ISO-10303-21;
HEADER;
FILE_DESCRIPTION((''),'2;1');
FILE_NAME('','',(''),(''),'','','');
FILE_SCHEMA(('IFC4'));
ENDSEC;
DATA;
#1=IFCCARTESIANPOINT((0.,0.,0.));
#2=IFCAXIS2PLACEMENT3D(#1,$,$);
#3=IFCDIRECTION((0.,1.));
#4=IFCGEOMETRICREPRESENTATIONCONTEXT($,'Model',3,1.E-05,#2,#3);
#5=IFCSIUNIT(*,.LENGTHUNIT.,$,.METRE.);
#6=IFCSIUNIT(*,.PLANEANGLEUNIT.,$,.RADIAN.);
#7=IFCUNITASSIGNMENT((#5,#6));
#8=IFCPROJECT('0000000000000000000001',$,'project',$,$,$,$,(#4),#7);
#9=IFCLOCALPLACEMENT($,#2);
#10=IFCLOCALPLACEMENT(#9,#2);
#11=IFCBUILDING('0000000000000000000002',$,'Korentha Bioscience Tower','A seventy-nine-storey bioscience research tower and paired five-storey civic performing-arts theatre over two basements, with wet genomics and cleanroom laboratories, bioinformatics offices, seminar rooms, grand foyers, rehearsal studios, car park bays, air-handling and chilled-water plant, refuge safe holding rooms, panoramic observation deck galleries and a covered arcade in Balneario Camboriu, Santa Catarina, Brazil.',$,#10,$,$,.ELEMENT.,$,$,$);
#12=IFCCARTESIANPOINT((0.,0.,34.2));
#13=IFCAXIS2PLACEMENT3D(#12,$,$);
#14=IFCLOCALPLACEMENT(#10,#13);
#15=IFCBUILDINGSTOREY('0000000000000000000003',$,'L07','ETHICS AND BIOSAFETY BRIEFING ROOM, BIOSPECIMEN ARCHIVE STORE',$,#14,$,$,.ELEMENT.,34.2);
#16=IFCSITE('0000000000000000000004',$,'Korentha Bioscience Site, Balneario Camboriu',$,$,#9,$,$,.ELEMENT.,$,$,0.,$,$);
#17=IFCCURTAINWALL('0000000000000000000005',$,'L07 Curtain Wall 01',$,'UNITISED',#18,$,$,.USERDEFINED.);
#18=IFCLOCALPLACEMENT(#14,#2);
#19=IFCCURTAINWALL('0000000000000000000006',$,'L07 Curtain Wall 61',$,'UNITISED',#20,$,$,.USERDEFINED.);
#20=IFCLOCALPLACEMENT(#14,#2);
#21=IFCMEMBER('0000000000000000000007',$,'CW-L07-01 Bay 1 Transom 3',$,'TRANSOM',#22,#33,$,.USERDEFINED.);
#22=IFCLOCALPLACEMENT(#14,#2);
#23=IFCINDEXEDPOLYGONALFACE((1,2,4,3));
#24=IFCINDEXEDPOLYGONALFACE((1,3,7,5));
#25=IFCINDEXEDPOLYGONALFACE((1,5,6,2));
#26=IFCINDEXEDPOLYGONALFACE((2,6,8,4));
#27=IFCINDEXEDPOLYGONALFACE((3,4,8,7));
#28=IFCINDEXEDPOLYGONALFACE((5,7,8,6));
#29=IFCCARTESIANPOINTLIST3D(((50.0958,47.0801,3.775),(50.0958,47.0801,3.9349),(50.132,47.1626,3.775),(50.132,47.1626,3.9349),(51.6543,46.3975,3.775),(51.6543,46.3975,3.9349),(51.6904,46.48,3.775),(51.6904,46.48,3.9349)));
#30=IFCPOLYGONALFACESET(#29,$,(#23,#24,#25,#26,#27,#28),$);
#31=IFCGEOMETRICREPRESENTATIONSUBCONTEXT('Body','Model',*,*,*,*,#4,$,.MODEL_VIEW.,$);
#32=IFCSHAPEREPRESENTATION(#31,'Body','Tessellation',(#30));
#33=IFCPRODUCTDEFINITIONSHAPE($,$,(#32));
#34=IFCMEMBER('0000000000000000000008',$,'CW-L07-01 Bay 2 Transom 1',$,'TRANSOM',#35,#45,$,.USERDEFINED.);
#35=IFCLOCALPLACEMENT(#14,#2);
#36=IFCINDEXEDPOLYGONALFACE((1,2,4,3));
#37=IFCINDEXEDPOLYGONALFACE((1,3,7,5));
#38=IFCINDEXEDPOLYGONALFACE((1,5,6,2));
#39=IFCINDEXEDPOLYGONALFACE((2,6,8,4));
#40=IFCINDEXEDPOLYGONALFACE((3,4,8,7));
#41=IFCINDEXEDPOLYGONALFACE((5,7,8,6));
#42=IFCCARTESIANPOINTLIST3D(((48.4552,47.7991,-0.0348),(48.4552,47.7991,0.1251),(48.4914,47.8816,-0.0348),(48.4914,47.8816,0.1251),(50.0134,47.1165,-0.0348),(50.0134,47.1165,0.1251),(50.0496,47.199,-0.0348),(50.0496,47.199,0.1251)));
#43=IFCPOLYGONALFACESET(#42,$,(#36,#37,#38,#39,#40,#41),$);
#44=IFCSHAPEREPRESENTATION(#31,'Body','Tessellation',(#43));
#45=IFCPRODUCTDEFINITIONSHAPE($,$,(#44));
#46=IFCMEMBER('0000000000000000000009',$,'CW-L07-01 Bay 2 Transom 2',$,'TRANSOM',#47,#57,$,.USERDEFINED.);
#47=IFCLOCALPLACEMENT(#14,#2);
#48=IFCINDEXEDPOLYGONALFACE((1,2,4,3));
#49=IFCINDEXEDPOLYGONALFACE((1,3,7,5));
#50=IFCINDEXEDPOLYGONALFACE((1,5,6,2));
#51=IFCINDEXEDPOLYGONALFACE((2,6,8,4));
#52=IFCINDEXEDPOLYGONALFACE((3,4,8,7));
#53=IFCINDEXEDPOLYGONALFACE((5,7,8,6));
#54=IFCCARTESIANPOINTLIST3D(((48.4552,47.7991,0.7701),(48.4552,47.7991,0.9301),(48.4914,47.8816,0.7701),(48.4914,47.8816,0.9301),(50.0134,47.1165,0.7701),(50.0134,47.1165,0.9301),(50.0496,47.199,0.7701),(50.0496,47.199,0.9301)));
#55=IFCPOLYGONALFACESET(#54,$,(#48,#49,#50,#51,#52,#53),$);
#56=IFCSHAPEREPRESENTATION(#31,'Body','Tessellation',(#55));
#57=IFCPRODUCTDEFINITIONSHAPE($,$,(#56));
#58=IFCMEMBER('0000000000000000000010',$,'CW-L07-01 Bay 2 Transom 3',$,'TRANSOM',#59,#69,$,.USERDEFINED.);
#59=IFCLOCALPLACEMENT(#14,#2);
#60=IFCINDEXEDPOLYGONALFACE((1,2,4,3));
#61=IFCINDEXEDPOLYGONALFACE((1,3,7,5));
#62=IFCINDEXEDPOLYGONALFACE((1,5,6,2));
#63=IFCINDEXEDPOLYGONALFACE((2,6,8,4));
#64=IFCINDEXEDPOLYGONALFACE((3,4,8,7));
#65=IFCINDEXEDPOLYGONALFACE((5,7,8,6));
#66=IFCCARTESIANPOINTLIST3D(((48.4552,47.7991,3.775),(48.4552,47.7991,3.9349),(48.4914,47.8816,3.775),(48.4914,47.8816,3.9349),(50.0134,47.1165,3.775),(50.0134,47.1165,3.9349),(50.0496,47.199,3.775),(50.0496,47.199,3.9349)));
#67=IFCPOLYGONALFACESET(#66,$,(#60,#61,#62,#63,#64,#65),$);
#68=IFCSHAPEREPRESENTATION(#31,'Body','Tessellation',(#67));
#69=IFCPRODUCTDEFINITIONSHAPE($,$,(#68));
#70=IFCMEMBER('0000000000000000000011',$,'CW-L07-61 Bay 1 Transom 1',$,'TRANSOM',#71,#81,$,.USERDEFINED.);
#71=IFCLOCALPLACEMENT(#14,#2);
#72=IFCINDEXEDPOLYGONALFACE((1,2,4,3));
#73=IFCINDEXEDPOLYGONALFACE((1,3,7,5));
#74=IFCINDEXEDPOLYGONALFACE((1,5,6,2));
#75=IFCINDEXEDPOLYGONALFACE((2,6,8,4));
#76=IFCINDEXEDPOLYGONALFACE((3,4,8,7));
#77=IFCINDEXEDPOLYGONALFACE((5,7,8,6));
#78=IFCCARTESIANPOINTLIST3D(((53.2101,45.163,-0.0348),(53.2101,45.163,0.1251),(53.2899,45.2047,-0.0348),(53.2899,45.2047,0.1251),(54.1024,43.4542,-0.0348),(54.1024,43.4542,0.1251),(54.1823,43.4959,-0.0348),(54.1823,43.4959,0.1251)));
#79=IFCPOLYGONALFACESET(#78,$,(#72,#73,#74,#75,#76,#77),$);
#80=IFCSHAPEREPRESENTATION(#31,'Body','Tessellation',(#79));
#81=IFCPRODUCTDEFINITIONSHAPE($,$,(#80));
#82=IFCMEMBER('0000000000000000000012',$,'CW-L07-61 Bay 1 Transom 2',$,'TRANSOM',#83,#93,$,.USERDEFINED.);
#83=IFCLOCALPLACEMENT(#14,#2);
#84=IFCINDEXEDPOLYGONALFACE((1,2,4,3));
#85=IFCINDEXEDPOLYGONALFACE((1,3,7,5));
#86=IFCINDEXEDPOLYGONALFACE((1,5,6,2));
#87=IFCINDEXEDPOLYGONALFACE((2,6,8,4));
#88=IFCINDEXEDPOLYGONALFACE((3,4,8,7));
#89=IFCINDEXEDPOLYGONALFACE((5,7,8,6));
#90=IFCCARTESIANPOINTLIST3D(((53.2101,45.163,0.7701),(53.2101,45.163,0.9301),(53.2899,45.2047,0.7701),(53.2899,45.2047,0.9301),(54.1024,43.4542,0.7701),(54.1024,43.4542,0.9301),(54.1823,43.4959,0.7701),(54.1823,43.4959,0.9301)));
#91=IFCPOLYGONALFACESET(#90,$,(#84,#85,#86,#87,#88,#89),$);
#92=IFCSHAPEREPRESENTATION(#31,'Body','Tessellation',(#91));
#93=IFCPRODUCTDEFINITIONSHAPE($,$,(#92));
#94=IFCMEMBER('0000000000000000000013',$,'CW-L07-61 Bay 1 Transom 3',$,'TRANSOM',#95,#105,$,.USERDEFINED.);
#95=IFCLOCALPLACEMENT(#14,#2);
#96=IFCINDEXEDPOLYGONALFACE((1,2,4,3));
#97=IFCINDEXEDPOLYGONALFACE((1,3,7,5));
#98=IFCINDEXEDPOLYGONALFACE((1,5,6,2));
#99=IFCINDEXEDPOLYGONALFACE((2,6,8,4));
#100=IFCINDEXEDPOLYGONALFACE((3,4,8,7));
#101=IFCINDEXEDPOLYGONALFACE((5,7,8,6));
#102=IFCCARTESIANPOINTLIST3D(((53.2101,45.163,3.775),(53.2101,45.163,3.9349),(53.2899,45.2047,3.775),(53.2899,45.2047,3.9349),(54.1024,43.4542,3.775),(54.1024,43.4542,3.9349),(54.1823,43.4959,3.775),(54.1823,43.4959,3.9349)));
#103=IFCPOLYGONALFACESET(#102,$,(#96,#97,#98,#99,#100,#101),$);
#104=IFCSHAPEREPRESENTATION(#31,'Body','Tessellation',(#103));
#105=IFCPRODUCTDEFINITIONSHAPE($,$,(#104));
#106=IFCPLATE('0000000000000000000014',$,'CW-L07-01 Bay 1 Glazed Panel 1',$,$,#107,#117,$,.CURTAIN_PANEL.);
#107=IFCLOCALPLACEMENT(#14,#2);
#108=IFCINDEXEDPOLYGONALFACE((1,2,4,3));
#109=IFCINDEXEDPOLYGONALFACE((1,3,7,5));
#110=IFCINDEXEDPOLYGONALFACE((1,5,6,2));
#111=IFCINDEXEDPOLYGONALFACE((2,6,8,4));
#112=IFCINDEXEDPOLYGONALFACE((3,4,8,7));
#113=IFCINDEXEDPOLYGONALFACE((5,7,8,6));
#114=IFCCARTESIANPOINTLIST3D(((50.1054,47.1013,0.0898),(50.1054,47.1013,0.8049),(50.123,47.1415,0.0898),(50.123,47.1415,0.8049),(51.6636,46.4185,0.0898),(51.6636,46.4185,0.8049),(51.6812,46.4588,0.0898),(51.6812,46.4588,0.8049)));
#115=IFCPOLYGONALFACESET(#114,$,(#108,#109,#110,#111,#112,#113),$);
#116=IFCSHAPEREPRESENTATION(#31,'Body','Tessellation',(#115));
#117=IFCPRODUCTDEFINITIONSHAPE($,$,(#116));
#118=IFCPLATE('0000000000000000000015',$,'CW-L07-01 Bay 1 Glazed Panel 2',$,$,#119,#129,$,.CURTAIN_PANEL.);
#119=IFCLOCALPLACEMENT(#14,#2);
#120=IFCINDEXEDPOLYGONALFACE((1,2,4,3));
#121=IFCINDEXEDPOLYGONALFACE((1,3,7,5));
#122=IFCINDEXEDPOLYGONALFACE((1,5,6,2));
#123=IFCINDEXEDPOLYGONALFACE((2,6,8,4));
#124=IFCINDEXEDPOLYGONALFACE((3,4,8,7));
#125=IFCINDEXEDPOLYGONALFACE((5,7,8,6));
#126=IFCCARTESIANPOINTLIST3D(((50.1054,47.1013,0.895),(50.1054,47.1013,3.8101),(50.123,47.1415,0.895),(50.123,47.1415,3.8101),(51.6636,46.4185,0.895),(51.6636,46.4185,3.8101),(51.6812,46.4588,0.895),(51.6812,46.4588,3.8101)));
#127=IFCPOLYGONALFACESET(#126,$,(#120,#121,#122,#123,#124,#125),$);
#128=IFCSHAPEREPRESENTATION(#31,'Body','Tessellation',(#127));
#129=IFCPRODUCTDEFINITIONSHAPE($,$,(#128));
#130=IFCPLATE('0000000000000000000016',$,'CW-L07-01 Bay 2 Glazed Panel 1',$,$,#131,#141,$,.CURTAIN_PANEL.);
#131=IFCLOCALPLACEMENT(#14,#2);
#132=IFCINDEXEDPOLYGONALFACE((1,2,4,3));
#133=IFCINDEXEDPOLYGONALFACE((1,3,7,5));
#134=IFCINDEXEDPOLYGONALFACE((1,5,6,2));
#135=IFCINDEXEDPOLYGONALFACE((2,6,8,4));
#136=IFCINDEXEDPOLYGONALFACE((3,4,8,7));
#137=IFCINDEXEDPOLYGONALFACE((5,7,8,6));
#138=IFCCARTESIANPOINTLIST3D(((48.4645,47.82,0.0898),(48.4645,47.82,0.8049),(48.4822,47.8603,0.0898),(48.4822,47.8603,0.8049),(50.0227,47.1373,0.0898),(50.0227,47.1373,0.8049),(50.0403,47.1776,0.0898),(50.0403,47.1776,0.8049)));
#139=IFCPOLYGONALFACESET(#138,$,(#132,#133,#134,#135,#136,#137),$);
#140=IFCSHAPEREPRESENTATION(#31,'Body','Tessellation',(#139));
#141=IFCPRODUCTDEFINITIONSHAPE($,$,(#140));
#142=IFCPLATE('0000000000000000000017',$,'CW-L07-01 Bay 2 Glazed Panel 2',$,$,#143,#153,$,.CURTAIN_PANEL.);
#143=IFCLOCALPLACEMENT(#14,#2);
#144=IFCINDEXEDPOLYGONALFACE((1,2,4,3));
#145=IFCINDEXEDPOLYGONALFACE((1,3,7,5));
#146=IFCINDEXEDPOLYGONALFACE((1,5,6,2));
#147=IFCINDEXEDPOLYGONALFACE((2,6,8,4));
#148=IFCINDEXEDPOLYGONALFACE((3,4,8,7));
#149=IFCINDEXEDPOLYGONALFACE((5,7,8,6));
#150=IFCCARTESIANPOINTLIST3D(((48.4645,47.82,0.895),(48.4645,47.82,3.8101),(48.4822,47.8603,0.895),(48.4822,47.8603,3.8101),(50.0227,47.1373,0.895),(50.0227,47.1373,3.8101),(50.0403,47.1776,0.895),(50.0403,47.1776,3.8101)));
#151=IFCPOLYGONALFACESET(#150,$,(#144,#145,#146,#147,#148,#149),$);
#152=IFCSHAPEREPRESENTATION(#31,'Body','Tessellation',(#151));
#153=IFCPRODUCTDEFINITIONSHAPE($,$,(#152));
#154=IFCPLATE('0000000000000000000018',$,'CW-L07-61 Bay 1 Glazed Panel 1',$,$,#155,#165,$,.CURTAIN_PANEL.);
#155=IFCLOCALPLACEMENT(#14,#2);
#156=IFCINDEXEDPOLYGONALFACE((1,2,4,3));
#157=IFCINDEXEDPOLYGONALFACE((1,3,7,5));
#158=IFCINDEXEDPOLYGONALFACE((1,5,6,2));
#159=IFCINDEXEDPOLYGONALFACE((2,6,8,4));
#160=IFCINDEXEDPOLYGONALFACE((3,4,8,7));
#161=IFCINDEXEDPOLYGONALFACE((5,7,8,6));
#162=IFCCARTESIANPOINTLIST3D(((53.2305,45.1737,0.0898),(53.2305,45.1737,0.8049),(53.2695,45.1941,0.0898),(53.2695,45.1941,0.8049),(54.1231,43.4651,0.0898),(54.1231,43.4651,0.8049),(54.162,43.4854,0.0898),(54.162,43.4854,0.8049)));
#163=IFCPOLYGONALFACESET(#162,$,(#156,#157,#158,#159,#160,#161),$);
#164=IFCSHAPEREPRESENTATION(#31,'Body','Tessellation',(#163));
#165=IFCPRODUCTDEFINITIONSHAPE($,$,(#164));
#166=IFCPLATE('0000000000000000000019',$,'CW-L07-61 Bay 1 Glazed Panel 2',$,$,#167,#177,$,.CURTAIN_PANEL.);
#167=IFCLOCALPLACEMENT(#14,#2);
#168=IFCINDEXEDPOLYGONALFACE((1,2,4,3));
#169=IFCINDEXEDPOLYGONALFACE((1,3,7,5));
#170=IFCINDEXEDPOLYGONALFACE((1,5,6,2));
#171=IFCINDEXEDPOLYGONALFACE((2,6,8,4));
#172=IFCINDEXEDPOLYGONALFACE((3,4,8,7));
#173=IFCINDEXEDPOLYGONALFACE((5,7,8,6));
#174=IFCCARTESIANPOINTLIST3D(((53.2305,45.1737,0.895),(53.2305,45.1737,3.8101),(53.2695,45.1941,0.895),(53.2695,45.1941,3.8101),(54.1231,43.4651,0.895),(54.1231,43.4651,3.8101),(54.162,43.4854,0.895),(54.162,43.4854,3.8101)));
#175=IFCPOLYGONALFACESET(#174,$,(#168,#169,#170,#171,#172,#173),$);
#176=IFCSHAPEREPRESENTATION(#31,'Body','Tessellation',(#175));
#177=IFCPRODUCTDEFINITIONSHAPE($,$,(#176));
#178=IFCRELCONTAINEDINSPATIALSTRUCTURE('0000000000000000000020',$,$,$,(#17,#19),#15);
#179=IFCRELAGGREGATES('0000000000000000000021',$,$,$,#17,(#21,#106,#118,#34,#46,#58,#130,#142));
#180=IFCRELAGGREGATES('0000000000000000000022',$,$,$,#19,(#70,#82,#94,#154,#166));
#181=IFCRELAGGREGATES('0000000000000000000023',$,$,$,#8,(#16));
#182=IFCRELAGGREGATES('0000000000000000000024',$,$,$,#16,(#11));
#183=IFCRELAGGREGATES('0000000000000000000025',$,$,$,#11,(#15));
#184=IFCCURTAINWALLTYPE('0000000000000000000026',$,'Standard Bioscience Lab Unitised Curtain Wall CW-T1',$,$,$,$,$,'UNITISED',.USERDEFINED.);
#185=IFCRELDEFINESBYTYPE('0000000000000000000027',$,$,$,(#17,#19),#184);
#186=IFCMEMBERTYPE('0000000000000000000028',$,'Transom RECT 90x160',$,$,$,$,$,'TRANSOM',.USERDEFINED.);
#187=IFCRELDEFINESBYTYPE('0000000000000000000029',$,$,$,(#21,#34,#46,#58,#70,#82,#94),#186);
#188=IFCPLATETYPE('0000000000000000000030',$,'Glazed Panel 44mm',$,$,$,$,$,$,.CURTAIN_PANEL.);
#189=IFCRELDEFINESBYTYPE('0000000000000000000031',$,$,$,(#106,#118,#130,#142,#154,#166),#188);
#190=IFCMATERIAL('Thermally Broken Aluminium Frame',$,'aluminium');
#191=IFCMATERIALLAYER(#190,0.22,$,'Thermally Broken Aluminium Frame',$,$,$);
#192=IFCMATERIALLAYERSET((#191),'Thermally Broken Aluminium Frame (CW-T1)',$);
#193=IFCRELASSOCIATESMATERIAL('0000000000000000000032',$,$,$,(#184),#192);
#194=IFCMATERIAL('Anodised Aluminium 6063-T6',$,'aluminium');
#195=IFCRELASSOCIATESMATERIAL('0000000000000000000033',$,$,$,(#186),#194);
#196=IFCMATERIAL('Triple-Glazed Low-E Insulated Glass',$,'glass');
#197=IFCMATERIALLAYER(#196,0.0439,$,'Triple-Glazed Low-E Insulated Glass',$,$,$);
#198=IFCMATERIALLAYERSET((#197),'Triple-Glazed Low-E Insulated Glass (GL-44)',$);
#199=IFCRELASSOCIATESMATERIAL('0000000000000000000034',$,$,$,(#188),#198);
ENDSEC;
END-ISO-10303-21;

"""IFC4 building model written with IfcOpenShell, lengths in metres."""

from ifc_helpers import new_model, si_unit, direction, frame, origin, origin_2d, place, context, subcontext, project, spatial, rectangle, extrude, material, layer, layer_set, material_profile, profile_set, type_object, element, aggregate, save


model = new_model("IFC4")

# Units and contexts
model_context = context("Model", 3, precision=1e-05, world=origin(), true_north=direction((0.0, 1.0)))
body_context = subcontext(model_context, "Body", "Model", "MODEL_VIEW")
ifc_project = project(units=[si_unit("LENGTHUNIT", "METRE"), si_unit("PLANEANGLEUNIT", "RADIAN")], contexts=[model_context])

# Site, building, storey
site_placement = place(None, origin())
site = spatial("IfcSite", under=ifc_project, at=site_placement, Name="Korentha Bioscience Site, Balneario Camboriu", CompositionType="ELEMENT", RefElevation=0.0)
building_placement = place(site_placement, origin())
building = spatial("IfcBuilding", under=site, at=building_placement, Name="Korentha Bioscience Tower", Description="A seventy-nine-storey bioscience research tower and paired five-storey civic performing-arts theatre over two basements, with wet genomics and cleanroom laboratories, bioinformatics offices, seminar rooms, grand foyers, rehearsal studios, car park bays, air-handling and chilled-water plant, refuge safe holding rooms, panoramic observation deck galleries and a covered arcade in Balneario Camboriu, Santa Catarina, Brazil.", CompositionType="ELEMENT")
storey_placement = place(building_placement, frame((0.0, 0.0, 34.2)))
storey = spatial("IfcBuildingStorey", under=building, at=storey_placement, Name="L07", Description="ETHICS AND BIOSAFETY BRIEFING ROOM, BIOSPECIMEN ARCHIVE STORE", CompositionType="ELEMENT", Elevation=34.2)

# Curtain walls
ifc_material_1 = material(Name="Thermally Broken Aluminium Frame", Category="aluminium")
ifc_layer_1 = layer(ifc_material_1, 0.22, Name="Thermally Broken Aluminium Frame")
ifc_layer_set_1 = layer_set([ifc_layer_1], Name="Thermally Broken Aluminium Frame (CW-T1)")
curtain_wall_type = type_object("IfcCurtainWallType", Name="Standard Bioscience Lab Unitised Curtain Wall CW-T1", ElementType="UNITISED", PredefinedType="USERDEFINED", material=ifc_layer_set_1)
curtain_wall_1_placement = place(storey_placement, origin())
curtain_wall_1 = element("IfcCurtainWall", 1, at=curtain_wall_1_placement, inside=storey, type_object=curtain_wall_type, Name="L07 Curtain Wall 01", ObjectType="UNITISED", PredefinedType="USERDEFINED")
ifc_material_2 = material(Name="Anodised Aluminium 6063-T6", Category="aluminium")
curtain_wall_2_placement = place(storey_placement, origin())
curtain_wall_2 = element("IfcCurtainWall", 2, at=curtain_wall_2_placement, inside=storey, type_object=curtain_wall_type, Name="L07 Curtain Wall 61", ObjectType="UNITISED", PredefinedType="USERDEFINED")

# Members
ifc_material_profile_1 = material_profile(ifc_material_2, rectangle(XDim=0.0901, YDim=0.1599, at=origin_2d()), Name="Anodised Aluminium 6063-T6")
ifc_profile_set_1 = profile_set([ifc_material_profile_1], Name="Anodised Aluminium 6063-T6 (CW-TRN)")
member_type_1 = type_object("IfcMemberType", Name="Transom RECT 90x160", ElementType="TRANSOM", PredefinedType="USERDEFINED", material=ifc_profile_set_1)
member_1_placement = place(storey_placement, frame((51.6724, 46.4387, 3.855), z_axis=(-0.915976, 0.401233, 0.0), x_axis=(-0.401233, -0.915976, 0.0)))
member_1 = element("IfcMember", 3, at=member_1_placement, type_object=member_type_1, Name="CW-L07-01 Bay 1 Transom 3", ObjectType="TRANSOM", PredefinedType="USERDEFINED", context=body_context, shape_type="SweptSolid", body=[
    extrude(rectangle(XDim=0.0901, YDim=0.1599, at=origin_2d()), origin(), (0.0, 0.0, 1.0), 1.7014),
])
member_2_placement = place(storey_placement, frame((50.0315, 47.1577, 0.0452), z_axis=(-0.915953, 0.401286, 0.0), x_axis=(-0.401286, -0.915953, 0.0)))
member_2 = element("IfcMember", 4, at=member_2_placement, type_object=member_type_1, Name="CW-L07-01 Bay 2 Transom 1", ObjectType="TRANSOM", PredefinedType="USERDEFINED", context=body_context, shape_type="SweptSolid", body=[
    extrude(rectangle(XDim=0.0901, YDim=0.1599, at=origin_2d()), origin(), (0.0, 0.0, 1.0), 1.7012),
])
member_3_placement = place(storey_placement, frame((50.0315, 47.1577, 0.8501), z_axis=(-0.915953, 0.401286, 0.0), x_axis=(-0.401286, -0.915953, 0.0)))
member_3 = element("IfcMember", 5, at=member_3_placement, type_object=member_type_1, Name="CW-L07-01 Bay 2 Transom 2", ObjectType="TRANSOM", PredefinedType="USERDEFINED", context=body_context, shape_type="SweptSolid", body=[
    extrude(rectangle(XDim=0.0901, YDim=0.1599, at=origin_2d()), origin(), (0.0, 0.0, 1.0), 1.7012),
])
member_4_placement = place(storey_placement, frame((50.0315, 47.1577, 3.855), z_axis=(-0.915953, 0.401286, 0.0), x_axis=(-0.401286, -0.915953, 0.0)))
member_4 = element("IfcMember", 6, at=member_4_placement, type_object=member_type_1, Name="CW-L07-01 Bay 2 Transom 3", ObjectType="TRANSOM", PredefinedType="USERDEFINED", context=body_context, shape_type="SweptSolid", body=[
    extrude(rectangle(XDim=0.0901, YDim=0.1599, at=origin_2d()), origin(), (0.0, 0.0, 1.0), 1.7012),
])
member_5_placement = place(storey_placement, frame((54.1423, 43.4751, 0.0452), z_axis=(-0.462899, 0.886411, 0.0), x_axis=(-0.886411, -0.462899, 0.0)))
member_5 = element("IfcMember", 7, at=member_5_placement, type_object=member_type_1, Name="CW-L07-61 Bay 1 Transom 1", ObjectType="TRANSOM", PredefinedType="USERDEFINED", context=body_context, shape_type="SweptSolid", body=[
    extrude(rectangle(XDim=0.0901, YDim=0.1599, at=origin_2d()), origin(), (0.0, 0.0, 1.0), 1.9277),
])
member_6_placement = place(storey_placement, frame((54.1423, 43.4751, 0.8501), z_axis=(-0.462899, 0.886411, 0.0), x_axis=(-0.886411, -0.462899, 0.0)))
member_6 = element("IfcMember", 8, at=member_6_placement, type_object=member_type_1, Name="CW-L07-61 Bay 1 Transom 2", ObjectType="TRANSOM", PredefinedType="USERDEFINED", context=body_context, shape_type="SweptSolid", body=[
    extrude(rectangle(XDim=0.0901, YDim=0.1599, at=origin_2d()), origin(), (0.0, 0.0, 1.0), 1.9277),
])
member_7_placement = place(storey_placement, frame((54.1423, 43.4751, 3.855), z_axis=(-0.462899, 0.886411, 0.0), x_axis=(-0.886411, -0.462899, 0.0)))
member_7 = element("IfcMember", 9, at=member_7_placement, type_object=member_type_1, Name="CW-L07-61 Bay 1 Transom 3", ObjectType="TRANSOM", PredefinedType="USERDEFINED", context=body_context, shape_type="SweptSolid", body=[
    extrude(rectangle(XDim=0.0901, YDim=0.1599, at=origin_2d()), origin(), (0.0, 0.0, 1.0), 1.9277),
])

# Plates
ifc_material_3 = material(Name="Triple-Glazed Low-E Insulated Glass", Category="glass")
ifc_layer_2 = layer(ifc_material_3, 0.0439, Name="Triple-Glazed Low-E Insulated Glass")
ifc_layer_set_2 = layer_set([ifc_layer_2], Name="Triple-Glazed Low-E Insulated Glass (GL-44)")
plate_type = type_object("IfcPlateType", Name="Glazed Panel 44mm", PredefinedType="CURTAIN_PANEL", material=ifc_layer_set_2)
plate_1_placement = place(storey_placement, frame((50.8933, 46.78, 0.0898), z_axis=(0.0, 0.0, 1.0), x_axis=(-0.915939, 0.401317, 0.0)))
plate_1 = element("IfcPlate", 10, at=plate_1_placement, type_object=plate_type, Name="CW-L07-01 Bay 1 Glazed Panel 1", PredefinedType="CURTAIN_PANEL", context=body_context, shape_type="SweptSolid", body=[
    extrude(rectangle(XDim=1.7012, YDim=0.0439, at=origin_2d()), origin(), (0.0, 0.0, 1.0), 0.7151),
])
plate_2_placement = place(storey_placement, frame((50.8933, 46.78, 0.895), z_axis=(0.0, 0.0, 1.0), x_axis=(-0.915939, 0.401317, 0.0)))
plate_2 = element("IfcPlate", 11, at=plate_2_placement, type_object=plate_type, Name="CW-L07-01 Bay 1 Glazed Panel 2", PredefinedType="CURTAIN_PANEL", context=body_context, shape_type="SweptSolid", body=[
    extrude(rectangle(XDim=1.7012, YDim=0.0439, at=origin_2d()), origin(), (0.0, 0.0, 1.0), 2.915),
])
plate_3_placement = place(storey_placement, frame((49.2524, 47.4988, 0.0898), z_axis=(0.0, 0.0, 1.0), x_axis=(-0.915939, 0.401317, 0.0)))
plate_3 = element("IfcPlate", 12, at=plate_3_placement, type_object=plate_type, Name="CW-L07-01 Bay 2 Glazed Panel 1", PredefinedType="CURTAIN_PANEL", context=body_context, shape_type="SweptSolid", body=[
    extrude(rectangle(XDim=1.7012, YDim=0.0439, at=origin_2d()), origin(), (0.0, 0.0, 1.0), 0.7151),
])
plate_4_placement = place(storey_placement, frame((49.2524, 47.4988, 0.895), z_axis=(0.0, 0.0, 1.0), x_axis=(-0.915939, 0.401317, 0.0)))
plate_4 = element("IfcPlate", 13, at=plate_4_placement, type_object=plate_type, Name="CW-L07-01 Bay 2 Glazed Panel 2", PredefinedType="CURTAIN_PANEL", context=body_context, shape_type="SweptSolid", body=[
    extrude(rectangle(XDim=1.7012, YDim=0.0439, at=origin_2d()), origin(), (0.0, 0.0, 1.0), 2.915),
])
aggregate(curtain_wall_1, [member_1, plate_1, plate_2, member_2, member_3, member_4, plate_3, plate_4])
plate_5_placement = place(storey_placement, frame((53.6963, 44.3296, 0.0898), z_axis=(0.0, 0.0, 1.0), x_axis=(-0.463009, 0.886354, 0.0)))
plate_5 = element("IfcPlate", 14, at=plate_5_placement, type_object=plate_type, Name="CW-L07-61 Bay 1 Glazed Panel 1", PredefinedType="CURTAIN_PANEL", context=body_context, shape_type="SweptSolid", body=[
    extrude(rectangle(XDim=1.9277, YDim=0.0439, at=origin_2d()), origin(), (0.0, 0.0, 1.0), 0.7151),
])
plate_6_placement = place(storey_placement, frame((53.6963, 44.3296, 0.895), z_axis=(0.0, 0.0, 1.0), x_axis=(-0.463009, 0.886354, 0.0)))
plate_6 = element("IfcPlate", 15, at=plate_6_placement, type_object=plate_type, Name="CW-L07-61 Bay 1 Glazed Panel 2", PredefinedType="CURTAIN_PANEL", context=body_context, shape_type="SweptSolid", body=[
    extrude(rectangle(XDim=1.9277, YDim=0.0439, at=origin_2d()), origin(), (0.0, 0.0, 1.0), 2.915),
])
aggregate(curtain_wall_2, [member_5, member_6, member_7, plate_5, plate_6])

save(model, "model.ifc")
